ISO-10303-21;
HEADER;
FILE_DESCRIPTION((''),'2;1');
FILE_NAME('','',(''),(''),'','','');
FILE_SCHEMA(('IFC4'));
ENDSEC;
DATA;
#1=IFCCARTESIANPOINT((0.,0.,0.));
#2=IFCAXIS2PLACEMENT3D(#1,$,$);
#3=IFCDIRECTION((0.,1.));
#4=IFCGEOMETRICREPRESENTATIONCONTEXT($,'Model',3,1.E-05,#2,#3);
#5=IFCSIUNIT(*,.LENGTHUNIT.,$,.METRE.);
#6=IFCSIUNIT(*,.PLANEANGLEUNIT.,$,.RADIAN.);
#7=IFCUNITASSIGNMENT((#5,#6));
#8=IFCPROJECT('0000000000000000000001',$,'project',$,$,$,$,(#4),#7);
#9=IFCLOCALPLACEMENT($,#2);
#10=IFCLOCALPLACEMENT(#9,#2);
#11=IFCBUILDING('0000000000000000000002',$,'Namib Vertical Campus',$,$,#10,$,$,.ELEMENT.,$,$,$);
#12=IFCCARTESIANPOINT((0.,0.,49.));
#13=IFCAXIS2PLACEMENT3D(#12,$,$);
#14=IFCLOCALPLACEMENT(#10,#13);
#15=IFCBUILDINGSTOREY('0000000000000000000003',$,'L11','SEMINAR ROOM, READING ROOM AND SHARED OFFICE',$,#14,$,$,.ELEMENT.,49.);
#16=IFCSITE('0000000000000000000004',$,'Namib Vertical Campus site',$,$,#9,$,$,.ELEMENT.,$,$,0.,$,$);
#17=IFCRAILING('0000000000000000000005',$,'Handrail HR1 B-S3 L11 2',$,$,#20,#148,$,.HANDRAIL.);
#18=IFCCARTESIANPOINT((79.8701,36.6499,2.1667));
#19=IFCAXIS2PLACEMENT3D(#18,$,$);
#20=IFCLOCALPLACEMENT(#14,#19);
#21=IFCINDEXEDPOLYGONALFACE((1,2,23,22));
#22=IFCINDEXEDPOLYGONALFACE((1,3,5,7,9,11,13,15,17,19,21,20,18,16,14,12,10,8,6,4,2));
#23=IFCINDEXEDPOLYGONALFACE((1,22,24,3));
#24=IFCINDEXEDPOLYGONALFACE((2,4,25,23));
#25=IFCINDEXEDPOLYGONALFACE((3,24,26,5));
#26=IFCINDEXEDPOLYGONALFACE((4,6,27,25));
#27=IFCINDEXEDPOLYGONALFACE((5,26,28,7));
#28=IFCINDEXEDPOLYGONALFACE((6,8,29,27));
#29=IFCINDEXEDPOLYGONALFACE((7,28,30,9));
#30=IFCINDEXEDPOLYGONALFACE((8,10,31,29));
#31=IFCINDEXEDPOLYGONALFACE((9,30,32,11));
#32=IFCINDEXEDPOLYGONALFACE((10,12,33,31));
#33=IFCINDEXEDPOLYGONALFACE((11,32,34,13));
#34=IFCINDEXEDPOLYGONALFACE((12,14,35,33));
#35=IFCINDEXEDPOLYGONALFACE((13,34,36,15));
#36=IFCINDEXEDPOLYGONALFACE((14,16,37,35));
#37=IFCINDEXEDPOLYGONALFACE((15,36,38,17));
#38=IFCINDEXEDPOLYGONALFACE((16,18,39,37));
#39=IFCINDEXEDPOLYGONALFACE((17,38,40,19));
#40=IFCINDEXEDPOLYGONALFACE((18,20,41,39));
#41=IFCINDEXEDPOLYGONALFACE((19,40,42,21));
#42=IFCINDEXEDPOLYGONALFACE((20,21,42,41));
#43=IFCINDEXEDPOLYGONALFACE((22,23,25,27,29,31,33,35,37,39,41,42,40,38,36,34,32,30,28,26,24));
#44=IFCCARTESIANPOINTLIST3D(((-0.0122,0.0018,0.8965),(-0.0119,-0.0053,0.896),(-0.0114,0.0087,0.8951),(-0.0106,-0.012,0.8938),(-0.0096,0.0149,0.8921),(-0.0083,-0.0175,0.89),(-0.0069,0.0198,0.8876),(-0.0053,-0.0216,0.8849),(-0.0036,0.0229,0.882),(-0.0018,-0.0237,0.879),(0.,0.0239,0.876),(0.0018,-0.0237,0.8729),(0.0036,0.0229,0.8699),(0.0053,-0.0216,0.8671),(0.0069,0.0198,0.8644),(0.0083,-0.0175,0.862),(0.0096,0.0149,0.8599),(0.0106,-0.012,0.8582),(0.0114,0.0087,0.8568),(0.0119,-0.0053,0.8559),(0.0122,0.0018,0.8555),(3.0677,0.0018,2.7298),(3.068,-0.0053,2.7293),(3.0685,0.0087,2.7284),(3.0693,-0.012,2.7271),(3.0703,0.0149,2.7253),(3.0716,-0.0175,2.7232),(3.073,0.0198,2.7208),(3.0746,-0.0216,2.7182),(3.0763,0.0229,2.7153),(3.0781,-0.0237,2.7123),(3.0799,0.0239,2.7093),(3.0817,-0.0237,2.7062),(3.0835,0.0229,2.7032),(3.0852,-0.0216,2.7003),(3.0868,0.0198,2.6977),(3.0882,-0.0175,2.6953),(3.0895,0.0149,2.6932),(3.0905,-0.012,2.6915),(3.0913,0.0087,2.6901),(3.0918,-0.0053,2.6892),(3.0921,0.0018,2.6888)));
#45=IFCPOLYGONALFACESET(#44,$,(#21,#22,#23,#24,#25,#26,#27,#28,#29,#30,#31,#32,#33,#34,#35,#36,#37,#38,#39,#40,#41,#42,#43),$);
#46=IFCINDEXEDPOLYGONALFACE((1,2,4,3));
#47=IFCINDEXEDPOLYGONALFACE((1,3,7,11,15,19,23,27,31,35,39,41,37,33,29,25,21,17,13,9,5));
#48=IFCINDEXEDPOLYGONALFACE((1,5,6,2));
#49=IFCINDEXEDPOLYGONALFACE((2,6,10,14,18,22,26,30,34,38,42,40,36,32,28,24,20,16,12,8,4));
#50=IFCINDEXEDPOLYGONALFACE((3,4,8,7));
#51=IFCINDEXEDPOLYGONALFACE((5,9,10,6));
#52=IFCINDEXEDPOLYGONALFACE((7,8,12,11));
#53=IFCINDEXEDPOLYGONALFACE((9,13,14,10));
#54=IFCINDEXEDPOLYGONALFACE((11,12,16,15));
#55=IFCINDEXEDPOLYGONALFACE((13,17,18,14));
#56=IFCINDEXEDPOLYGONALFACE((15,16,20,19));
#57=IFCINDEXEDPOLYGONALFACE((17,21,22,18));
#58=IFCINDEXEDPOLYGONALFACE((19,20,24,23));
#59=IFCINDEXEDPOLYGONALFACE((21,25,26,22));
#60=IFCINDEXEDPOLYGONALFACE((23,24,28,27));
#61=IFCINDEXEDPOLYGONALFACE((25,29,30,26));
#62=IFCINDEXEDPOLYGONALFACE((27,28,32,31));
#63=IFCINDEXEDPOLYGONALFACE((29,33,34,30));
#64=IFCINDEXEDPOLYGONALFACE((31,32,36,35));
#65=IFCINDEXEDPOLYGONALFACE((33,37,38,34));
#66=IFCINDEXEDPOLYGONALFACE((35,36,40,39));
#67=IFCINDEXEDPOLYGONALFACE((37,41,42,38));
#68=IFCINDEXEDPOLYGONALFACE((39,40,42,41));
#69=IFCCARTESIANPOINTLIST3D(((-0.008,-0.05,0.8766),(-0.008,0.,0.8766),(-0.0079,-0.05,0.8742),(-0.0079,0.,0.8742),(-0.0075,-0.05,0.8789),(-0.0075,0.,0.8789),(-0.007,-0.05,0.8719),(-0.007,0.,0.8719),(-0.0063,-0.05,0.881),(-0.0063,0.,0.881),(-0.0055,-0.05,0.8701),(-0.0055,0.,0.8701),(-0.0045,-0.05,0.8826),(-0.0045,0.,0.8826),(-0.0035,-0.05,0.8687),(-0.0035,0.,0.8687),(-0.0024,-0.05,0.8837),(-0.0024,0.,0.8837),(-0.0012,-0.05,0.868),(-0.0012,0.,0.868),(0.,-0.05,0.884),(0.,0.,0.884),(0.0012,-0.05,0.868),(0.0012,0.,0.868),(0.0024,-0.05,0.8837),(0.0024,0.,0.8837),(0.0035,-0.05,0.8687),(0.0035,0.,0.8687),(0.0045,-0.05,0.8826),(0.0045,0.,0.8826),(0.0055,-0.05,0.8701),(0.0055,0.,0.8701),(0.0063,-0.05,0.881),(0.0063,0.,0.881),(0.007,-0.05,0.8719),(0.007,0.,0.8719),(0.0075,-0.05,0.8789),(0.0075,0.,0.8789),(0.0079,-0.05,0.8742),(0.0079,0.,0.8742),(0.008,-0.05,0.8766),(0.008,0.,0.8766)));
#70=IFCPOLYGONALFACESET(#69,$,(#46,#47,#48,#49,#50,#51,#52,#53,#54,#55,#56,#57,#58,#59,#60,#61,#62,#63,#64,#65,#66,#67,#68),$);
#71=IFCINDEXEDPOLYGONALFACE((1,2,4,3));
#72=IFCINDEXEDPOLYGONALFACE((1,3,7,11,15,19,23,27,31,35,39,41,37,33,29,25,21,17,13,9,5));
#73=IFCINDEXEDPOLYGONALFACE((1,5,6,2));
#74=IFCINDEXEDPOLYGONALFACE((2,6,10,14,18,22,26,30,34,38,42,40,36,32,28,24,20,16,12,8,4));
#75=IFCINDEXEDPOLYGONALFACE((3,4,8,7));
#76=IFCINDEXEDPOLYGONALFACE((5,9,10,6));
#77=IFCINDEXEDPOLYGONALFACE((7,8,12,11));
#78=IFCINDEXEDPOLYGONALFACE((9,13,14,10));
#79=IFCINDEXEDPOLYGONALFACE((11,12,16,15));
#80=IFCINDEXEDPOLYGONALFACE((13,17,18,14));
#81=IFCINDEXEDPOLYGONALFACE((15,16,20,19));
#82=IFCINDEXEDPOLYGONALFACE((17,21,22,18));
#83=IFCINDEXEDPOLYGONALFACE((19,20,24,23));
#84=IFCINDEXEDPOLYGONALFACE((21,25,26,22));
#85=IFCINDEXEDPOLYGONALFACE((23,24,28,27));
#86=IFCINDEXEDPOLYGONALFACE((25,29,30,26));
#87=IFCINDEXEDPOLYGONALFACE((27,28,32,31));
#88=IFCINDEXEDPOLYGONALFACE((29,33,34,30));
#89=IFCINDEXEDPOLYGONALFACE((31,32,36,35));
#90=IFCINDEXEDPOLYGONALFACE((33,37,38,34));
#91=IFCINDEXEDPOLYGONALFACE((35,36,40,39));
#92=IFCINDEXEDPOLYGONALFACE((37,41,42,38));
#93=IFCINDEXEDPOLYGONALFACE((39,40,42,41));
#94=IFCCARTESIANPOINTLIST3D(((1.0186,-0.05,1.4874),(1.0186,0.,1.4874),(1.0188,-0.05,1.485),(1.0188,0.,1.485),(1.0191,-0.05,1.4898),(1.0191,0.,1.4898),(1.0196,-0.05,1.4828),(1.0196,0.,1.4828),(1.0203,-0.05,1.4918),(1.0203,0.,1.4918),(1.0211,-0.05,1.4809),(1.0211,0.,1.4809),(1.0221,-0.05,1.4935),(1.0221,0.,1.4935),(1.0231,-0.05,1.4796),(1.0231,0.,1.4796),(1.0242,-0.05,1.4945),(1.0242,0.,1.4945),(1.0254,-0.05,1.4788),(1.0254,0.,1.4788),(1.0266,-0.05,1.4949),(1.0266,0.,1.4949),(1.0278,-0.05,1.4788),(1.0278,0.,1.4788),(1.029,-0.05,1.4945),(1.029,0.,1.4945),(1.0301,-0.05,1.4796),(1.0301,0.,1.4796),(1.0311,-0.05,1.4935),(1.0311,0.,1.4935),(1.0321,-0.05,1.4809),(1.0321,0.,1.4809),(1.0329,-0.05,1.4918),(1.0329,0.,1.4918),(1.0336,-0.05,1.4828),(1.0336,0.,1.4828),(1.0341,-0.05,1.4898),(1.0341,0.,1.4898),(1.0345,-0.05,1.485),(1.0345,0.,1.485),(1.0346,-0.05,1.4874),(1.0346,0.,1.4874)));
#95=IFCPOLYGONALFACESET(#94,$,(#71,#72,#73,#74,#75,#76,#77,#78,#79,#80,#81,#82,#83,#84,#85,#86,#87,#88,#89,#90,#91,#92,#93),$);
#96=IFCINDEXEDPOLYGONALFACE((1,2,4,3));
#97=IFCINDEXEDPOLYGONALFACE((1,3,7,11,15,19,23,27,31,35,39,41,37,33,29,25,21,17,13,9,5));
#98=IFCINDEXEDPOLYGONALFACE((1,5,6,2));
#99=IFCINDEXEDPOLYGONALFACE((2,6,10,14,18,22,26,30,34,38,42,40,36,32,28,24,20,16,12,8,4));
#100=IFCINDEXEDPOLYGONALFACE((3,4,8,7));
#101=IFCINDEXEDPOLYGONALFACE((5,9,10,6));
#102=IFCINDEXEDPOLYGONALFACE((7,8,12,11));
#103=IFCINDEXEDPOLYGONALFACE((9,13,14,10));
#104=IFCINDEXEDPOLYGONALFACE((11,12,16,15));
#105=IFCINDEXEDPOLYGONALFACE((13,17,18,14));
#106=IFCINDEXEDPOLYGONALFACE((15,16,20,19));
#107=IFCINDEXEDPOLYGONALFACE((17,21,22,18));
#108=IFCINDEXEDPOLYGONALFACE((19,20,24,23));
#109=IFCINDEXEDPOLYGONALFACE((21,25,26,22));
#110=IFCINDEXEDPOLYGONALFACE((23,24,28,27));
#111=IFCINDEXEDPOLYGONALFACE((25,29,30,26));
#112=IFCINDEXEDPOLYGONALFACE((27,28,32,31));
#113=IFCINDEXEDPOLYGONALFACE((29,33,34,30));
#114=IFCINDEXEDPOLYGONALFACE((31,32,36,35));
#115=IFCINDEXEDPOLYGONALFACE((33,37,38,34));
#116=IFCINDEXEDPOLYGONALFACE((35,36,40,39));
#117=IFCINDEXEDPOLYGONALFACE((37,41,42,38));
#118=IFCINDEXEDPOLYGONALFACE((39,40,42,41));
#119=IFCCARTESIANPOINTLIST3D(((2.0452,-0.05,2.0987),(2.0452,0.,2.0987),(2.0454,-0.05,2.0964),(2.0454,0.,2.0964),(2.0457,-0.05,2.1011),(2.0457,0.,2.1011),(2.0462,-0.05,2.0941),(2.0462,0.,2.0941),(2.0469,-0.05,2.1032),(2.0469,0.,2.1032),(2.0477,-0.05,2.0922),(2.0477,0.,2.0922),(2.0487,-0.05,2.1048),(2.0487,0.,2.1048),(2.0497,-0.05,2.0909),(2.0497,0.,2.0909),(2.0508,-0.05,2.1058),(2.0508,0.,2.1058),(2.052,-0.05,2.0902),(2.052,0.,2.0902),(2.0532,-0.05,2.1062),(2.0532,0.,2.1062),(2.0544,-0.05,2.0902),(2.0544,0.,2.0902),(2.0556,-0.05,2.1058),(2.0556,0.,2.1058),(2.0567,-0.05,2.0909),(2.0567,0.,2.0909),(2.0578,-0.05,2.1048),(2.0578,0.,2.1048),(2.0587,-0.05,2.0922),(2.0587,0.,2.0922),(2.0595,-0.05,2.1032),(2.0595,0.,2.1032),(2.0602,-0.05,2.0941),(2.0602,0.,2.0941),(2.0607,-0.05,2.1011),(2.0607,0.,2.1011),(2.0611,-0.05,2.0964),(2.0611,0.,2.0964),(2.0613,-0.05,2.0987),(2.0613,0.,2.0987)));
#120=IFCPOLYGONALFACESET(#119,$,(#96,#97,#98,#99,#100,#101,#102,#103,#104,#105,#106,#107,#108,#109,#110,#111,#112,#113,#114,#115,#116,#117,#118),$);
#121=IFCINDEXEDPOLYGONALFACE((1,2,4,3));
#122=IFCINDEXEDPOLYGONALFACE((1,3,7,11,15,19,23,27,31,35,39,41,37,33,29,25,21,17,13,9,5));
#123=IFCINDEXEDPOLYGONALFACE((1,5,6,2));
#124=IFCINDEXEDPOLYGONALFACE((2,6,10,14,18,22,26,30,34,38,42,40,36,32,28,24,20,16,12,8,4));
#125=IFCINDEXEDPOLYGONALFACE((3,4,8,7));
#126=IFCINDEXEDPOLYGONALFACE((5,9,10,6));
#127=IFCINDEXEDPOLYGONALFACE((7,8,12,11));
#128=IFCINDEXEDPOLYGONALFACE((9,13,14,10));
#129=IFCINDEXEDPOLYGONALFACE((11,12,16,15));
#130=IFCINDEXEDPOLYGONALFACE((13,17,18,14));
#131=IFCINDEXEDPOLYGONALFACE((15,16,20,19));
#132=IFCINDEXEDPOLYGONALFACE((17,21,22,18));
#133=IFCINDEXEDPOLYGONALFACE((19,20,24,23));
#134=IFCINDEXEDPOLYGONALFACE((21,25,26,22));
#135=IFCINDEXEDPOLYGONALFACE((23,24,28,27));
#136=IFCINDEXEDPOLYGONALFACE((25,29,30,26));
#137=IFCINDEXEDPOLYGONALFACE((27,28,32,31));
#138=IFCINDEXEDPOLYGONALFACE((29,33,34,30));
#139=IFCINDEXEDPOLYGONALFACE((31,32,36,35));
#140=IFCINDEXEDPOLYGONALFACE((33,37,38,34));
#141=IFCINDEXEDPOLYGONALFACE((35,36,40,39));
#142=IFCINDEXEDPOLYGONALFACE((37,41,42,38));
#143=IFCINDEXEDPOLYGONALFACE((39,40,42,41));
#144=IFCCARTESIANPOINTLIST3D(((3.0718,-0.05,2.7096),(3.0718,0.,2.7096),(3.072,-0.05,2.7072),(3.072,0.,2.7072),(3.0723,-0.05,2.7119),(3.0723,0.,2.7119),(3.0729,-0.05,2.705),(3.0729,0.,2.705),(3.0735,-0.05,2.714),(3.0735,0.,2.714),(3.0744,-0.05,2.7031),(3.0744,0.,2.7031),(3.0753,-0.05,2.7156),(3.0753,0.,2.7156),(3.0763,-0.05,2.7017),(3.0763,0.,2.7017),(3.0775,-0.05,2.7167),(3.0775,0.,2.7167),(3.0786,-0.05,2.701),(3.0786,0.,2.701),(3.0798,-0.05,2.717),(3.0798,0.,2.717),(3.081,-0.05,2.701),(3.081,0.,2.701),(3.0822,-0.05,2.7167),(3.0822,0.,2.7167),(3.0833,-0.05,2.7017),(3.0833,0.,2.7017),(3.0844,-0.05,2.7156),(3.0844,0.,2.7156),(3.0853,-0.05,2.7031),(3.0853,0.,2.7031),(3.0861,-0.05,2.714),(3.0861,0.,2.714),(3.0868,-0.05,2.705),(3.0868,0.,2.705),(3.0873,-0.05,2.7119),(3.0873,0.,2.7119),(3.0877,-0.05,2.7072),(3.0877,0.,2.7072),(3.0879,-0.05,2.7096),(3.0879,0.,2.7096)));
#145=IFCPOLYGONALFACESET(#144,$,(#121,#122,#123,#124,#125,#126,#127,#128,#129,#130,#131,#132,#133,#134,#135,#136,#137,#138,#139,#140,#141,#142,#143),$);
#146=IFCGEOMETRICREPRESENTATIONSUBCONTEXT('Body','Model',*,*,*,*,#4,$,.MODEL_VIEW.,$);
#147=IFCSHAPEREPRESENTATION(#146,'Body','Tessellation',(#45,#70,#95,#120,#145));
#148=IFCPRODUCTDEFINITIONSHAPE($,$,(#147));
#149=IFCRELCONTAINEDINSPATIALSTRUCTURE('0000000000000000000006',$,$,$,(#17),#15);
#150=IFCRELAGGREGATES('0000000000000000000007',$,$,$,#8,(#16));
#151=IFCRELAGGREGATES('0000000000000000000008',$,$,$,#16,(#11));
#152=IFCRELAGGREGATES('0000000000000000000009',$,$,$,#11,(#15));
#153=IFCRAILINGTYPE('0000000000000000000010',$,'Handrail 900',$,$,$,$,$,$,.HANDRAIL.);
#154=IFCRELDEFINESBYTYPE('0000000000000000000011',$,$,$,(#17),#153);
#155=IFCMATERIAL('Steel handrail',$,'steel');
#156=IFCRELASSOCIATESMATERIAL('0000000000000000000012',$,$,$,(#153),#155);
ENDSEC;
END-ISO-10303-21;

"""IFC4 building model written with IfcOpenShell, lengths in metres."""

from ifc_helpers import new_model, si_unit, direction, frame, origin, origin_2d, place, context, subcontext, project, spatial, circle, extrude, material, type_object, element, save


model = new_model("IFC4")

# Units and contexts
model_context = context("Model", 3, precision=1e-05, world=origin(), true_north=direction((0.0, 1.0)))
body_context = subcontext(model_context, "Body", "Model", "MODEL_VIEW")
ifc_project = project(units=[si_unit("LENGTHUNIT", "METRE"), si_unit("PLANEANGLEUNIT", "RADIAN")], contexts=[model_context])

# Site, building, storey
site_placement = place(None, origin())
site = spatial("IfcSite", under=ifc_project, at=site_placement, Name="Namib Vertical Campus site", CompositionType="ELEMENT", RefElevation=0.0)
building_placement = place(site_placement, origin())
building = spatial("IfcBuilding", under=site, at=building_placement, Name="Namib Vertical Campus", CompositionType="ELEMENT")
storey_placement = place(building_placement, frame((0.0, 0.0, 49.0)))
storey = spatial("IfcBuildingStorey", under=building, at=storey_placement, Name="L11", Description="SEMINAR ROOM, READING ROOM AND SHARED OFFICE", CompositionType="ELEMENT", Elevation=49.0)

# Railing
ifc_material_1 = material(Name="Steel handrail", Category="steel")
railing_type = type_object("IfcRailingType", Name="Handrail 900", PredefinedType="HANDRAIL", material=ifc_material_1)
railing_1_placement = place(storey_placement, frame((79.8701, 36.6499, 2.1667)))
element("IfcRailing", 1, at=railing_1_placement, inside=storey, type_object=railing_type, Name="Handrail HR1 B-S3 L11 2", PredefinedType="HANDRAIL", context=body_context, shape_type="SweptSolid", body=[
    extrude(circle(Radius=0.0239, at=origin_2d()), frame((0.0, 0.0, 0.876), z_axis=(0.859291, 0.0, 0.511487), x_axis=(0.0, 1.0, 0.0)), (0.0, 0.0, 1.0), 3.5842),
    extrude(circle(Radius=0.0081, at=origin_2d()), frame((0.0, 0.0, 0.876), z_axis=(0.0, -1.0, 0.0), x_axis=(0.0, 0.0, 1.0)), (0.0, 0.0, 1.0), 0.05),
    extrude(circle(Radius=0.0081, at=origin_2d()), frame((1.0266, 0.0, 1.4868), z_axis=(0.0, -1.0, 0.0), x_axis=(0.0, 0.0, 1.0)), (0.0, 0.0, 1.0), 0.05),
    extrude(circle(Radius=0.0081, at=origin_2d()), frame((2.0532, 0.0, 2.0981), z_axis=(0.0, -1.0, 0.0), x_axis=(0.0, 0.0, 1.0)), (0.0, 0.0, 1.0), 0.05),
    extrude(circle(Radius=0.0081, at=origin_2d()), frame((3.0798, 0.0, 2.709), z_axis=(0.0, -1.0, 0.0), x_axis=(0.0, 0.0, 1.0)), (0.0, 0.0, 1.0), 0.05),
])

save(model, "model.ifc")
